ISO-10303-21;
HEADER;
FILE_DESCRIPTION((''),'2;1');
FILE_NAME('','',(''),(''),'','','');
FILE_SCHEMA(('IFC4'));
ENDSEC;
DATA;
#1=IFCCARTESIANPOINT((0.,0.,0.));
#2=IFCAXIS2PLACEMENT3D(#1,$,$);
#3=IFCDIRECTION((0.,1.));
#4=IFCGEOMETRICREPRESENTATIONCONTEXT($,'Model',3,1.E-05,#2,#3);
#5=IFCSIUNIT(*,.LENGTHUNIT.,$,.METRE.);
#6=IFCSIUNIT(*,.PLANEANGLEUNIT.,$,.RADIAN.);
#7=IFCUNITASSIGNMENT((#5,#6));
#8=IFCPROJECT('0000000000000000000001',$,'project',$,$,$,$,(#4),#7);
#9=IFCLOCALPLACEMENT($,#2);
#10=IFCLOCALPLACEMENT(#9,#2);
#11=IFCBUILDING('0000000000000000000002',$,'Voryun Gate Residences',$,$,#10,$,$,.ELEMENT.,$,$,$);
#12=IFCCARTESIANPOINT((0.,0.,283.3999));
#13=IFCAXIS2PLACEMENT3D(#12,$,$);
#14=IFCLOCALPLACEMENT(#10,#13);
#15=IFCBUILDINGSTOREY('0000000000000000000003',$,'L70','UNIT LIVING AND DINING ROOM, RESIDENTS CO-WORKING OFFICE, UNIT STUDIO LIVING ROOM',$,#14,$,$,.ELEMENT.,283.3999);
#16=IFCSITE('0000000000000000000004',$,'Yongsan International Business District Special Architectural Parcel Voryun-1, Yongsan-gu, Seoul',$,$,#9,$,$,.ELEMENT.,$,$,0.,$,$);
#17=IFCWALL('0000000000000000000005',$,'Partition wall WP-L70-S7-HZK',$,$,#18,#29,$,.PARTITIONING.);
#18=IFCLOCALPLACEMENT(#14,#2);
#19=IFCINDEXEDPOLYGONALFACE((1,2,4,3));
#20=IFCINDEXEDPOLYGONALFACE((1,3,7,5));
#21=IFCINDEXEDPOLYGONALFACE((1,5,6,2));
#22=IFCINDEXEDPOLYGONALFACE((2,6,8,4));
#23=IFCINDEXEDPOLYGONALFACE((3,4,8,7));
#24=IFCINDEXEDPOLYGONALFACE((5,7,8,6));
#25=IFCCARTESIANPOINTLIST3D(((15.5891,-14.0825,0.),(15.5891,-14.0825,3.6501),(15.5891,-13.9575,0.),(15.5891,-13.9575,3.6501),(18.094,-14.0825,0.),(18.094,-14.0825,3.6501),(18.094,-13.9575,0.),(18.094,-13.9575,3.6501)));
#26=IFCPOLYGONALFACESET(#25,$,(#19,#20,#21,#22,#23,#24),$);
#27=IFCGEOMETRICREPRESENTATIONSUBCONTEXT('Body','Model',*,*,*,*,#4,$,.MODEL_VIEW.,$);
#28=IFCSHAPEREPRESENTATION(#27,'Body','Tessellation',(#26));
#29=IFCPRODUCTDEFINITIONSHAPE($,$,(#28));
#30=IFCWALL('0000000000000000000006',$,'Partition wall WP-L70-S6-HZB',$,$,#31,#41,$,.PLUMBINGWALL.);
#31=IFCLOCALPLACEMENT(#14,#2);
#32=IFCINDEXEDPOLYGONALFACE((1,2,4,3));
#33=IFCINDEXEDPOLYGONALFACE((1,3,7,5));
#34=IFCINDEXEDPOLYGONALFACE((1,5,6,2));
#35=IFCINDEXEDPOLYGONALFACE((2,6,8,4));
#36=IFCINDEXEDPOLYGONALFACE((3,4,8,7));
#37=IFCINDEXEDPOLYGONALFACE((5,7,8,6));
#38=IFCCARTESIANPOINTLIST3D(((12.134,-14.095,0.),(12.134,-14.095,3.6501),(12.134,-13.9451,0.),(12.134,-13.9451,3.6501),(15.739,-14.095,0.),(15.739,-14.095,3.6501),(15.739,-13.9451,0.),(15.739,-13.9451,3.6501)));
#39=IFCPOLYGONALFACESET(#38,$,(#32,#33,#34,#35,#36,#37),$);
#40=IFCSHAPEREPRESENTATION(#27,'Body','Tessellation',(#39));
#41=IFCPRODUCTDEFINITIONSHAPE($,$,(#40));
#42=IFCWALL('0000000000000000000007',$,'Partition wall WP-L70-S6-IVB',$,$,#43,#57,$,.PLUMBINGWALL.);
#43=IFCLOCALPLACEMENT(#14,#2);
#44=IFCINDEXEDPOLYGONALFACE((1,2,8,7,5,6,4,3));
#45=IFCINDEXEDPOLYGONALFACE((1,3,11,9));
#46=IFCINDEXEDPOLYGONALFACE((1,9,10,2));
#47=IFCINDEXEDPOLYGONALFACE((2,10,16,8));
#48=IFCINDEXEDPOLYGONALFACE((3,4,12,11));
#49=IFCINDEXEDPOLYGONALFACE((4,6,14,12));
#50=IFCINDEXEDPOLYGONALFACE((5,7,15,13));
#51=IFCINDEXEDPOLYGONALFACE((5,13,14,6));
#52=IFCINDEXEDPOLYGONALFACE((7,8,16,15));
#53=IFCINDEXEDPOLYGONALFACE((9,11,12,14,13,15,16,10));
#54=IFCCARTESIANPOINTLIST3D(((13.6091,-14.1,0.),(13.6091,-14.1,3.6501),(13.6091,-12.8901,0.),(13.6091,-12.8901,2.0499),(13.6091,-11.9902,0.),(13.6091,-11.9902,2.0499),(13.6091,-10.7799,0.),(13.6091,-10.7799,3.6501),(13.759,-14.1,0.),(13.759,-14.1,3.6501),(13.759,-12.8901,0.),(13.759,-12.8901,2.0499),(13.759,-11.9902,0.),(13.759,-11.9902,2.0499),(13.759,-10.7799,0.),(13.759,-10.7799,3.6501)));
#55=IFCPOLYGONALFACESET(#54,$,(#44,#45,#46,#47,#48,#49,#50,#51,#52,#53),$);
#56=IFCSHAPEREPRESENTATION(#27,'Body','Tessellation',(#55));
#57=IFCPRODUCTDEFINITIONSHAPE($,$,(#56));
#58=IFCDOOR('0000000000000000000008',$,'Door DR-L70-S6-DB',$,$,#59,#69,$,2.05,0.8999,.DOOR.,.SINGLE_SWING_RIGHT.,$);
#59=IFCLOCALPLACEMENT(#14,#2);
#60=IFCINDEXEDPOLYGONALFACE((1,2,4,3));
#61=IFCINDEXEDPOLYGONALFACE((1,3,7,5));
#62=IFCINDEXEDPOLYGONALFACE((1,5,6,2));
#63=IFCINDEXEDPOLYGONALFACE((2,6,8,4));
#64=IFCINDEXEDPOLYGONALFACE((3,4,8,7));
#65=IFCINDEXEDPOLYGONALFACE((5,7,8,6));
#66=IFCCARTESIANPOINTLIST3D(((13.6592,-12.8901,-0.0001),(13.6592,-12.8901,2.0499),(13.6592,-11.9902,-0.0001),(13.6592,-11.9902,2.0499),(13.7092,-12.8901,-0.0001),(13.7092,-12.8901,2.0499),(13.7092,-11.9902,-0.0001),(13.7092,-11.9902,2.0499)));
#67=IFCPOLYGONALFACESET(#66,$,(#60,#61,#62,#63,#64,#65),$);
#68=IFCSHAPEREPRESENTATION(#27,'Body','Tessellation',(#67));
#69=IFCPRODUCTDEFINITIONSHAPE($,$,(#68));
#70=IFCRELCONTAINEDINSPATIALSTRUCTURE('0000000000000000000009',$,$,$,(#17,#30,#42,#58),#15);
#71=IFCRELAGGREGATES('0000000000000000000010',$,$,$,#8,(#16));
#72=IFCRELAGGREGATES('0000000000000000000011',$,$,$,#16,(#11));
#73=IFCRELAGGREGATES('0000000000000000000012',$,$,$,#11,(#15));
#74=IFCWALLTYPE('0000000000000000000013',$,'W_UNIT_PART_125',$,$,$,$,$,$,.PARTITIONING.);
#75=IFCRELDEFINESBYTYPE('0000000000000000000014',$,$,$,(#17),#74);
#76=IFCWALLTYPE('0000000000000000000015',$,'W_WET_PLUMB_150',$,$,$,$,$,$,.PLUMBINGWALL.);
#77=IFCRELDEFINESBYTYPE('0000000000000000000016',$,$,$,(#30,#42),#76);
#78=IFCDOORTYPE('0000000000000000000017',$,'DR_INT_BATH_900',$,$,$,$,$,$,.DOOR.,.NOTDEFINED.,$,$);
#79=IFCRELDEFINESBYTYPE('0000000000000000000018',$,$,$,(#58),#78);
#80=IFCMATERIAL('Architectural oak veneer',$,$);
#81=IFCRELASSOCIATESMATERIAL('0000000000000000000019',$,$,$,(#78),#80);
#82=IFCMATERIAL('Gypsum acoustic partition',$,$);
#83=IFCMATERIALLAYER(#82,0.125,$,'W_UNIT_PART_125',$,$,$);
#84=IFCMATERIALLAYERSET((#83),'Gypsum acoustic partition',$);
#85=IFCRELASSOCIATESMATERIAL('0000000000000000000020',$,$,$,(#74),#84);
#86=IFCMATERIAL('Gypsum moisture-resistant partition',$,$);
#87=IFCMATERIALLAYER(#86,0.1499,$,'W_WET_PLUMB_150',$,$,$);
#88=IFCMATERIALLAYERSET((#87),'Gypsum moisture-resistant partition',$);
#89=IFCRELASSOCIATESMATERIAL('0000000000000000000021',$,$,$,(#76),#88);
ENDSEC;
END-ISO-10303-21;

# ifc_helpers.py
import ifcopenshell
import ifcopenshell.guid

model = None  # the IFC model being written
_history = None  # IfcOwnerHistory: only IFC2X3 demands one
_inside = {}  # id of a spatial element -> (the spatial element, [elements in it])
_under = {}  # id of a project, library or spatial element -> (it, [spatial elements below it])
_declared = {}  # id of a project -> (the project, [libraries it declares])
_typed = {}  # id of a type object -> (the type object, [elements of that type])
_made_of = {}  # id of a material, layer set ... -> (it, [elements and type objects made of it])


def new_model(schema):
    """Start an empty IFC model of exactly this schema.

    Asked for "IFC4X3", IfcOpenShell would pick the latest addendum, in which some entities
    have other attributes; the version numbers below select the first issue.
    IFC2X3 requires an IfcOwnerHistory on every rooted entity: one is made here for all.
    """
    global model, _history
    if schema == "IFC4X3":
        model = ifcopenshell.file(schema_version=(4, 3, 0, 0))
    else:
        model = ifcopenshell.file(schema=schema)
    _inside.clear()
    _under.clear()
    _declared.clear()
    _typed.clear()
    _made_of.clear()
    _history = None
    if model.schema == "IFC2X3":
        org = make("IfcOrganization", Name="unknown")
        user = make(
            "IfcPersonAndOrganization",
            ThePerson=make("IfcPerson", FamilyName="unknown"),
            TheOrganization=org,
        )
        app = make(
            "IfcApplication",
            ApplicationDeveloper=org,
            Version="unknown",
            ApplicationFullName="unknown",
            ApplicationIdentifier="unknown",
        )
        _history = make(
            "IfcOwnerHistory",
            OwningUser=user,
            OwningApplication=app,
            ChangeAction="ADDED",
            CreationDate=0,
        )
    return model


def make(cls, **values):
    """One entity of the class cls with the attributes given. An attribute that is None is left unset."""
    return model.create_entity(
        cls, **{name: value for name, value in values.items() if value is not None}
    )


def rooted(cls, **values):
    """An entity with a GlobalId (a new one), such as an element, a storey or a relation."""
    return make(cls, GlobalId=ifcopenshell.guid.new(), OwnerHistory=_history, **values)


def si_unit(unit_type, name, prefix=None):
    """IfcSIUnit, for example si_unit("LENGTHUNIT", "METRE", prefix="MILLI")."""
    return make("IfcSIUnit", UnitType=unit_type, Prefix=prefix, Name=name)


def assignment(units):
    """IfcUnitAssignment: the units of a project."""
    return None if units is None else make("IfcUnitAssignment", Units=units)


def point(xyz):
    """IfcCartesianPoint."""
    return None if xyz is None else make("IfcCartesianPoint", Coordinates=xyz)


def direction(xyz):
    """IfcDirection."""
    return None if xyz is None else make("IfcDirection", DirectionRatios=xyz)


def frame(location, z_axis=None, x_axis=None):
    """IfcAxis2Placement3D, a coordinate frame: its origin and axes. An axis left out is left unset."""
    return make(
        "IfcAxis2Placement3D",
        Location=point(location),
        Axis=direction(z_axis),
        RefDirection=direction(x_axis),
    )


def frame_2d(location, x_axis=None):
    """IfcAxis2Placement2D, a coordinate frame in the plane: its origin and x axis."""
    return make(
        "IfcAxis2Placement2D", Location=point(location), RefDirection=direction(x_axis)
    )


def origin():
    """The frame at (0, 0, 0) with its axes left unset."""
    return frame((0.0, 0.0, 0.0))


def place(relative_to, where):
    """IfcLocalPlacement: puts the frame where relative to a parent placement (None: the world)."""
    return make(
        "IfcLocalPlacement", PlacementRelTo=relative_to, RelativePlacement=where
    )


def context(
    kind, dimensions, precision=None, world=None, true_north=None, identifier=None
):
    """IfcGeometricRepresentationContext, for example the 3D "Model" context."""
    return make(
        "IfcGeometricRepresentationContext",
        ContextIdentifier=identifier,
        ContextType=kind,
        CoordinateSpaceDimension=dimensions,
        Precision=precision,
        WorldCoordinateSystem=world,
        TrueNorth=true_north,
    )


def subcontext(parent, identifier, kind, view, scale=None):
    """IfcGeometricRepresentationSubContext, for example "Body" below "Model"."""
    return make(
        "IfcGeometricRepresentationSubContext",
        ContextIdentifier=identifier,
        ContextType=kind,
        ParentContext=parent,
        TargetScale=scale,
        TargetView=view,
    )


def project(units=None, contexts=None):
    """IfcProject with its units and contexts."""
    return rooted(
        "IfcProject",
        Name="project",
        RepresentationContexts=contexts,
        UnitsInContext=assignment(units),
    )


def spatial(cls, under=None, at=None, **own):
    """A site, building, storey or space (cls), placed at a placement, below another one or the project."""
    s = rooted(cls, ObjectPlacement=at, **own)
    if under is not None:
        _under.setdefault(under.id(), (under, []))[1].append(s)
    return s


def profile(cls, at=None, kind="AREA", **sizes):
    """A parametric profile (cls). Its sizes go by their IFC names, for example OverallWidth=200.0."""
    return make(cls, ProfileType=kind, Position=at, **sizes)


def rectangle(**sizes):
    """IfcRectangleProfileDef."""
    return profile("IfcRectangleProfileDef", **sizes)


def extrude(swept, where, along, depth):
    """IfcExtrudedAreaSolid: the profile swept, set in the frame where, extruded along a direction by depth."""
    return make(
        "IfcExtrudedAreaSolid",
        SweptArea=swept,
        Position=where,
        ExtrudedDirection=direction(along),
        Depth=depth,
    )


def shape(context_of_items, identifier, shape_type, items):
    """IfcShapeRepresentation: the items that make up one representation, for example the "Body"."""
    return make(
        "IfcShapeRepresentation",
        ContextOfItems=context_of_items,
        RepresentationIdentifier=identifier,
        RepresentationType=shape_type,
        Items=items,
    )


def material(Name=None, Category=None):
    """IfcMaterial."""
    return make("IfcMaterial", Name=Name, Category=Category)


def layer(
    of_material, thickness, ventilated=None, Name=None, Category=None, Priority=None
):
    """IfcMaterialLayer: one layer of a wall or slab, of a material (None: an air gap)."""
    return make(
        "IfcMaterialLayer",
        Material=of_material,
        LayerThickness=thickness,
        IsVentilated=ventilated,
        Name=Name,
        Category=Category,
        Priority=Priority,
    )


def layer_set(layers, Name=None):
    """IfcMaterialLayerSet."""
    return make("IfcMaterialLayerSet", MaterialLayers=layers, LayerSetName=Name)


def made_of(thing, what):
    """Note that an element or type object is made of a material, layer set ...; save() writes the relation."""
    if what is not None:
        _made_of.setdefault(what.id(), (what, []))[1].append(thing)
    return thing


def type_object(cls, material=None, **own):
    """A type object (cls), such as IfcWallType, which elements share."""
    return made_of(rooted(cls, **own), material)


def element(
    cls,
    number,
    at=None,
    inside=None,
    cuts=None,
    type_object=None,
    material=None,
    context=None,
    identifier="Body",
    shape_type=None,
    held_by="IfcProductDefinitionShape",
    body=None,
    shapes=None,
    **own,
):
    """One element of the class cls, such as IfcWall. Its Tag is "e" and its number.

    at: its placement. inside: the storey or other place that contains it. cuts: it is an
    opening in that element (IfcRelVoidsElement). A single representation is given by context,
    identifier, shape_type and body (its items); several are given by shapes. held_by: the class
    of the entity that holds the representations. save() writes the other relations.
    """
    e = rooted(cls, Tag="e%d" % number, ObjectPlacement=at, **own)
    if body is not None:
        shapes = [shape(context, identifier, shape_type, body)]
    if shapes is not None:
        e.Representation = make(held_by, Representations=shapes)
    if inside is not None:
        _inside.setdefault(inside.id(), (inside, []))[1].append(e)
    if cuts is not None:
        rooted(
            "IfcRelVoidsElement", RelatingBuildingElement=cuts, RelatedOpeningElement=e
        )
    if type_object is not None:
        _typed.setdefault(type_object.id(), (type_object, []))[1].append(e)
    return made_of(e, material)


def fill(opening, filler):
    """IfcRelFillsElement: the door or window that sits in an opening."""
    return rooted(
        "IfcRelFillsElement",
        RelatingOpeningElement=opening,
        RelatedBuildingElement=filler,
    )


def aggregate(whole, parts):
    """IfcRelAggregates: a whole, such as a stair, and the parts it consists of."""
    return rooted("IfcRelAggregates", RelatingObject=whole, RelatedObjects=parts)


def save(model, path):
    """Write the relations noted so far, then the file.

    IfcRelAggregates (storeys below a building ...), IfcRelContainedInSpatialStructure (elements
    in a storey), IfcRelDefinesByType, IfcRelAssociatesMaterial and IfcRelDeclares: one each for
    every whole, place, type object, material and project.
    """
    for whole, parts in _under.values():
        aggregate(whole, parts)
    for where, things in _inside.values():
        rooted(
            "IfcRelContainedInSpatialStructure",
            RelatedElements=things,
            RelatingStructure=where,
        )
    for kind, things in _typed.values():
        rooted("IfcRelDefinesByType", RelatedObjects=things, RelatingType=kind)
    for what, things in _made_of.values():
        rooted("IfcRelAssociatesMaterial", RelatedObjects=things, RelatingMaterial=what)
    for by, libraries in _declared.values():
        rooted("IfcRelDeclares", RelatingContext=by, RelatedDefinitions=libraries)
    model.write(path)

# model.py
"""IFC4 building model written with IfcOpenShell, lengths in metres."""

from ifc_helpers import new_model, si_unit, direction, frame, frame_2d, origin, place, context, subcontext, project, spatial, rectangle, extrude, material, layer, layer_set, type_object, element, fill, save


model = new_model("IFC4")

# Units and contexts
model_context = context("Model", 3, precision=1e-05, world=origin(), true_north=direction((0.0, 1.0)))
body_context = subcontext(model_context, "Body", "Model", "MODEL_VIEW")
ifc_project = project(units=[si_unit("LENGTHUNIT", "METRE"), si_unit("PLANEANGLEUNIT", "RADIAN")], contexts=[model_context])

# Site, building, storey
site_placement = place(None, origin())
site = spatial("IfcSite", under=ifc_project, at=site_placement, Name="Yongsan International Business District Special Architectural Parcel Voryun-1, Yongsan-gu, Seoul", CompositionType="ELEMENT", RefElevation=0.0)
building_placement = place(site_placement, origin())
building = spatial("IfcBuilding", under=site, at=building_placement, Name="Voryun Gate Residences", CompositionType="ELEMENT")
storey_placement = place(building_placement, frame((0.0, 0.0, 283.3999)))
storey = spatial("IfcBuildingStorey", under=building, at=storey_placement, Name="L70", Description="UNIT LIVING AND DINING ROOM, RESIDENTS CO-WORKING OFFICE, UNIT STUDIO LIVING ROOM", CompositionType="ELEMENT", Elevation=283.3999)

# Shared definitions
ifc_material_1 = material(Name="Architectural oak veneer")
door_type_1 = type_object("IfcDoorType", Name="DR_INT_BATH_900", OperationType="NOTDEFINED", PredefinedType="DOOR", material=ifc_material_1)

# Shared definitions
ifc_material_2 = material(Name="Gypsum acoustic partition")
ifc_layer_1 = layer(ifc_material_2, 0.125, Name="W_UNIT_PART_125")
ifc_layer_set_1 = layer_set([ifc_layer_1], Name="Gypsum acoustic partition")
wall_type_1 = type_object("IfcWallType", Name="W_UNIT_PART_125", PredefinedType="PARTITIONING", material=ifc_layer_set_1)

# Walls
wall_1_placement = place(storey_placement, frame((15.5891, -14.02, 0.0), z_axis=(0.0, 0.0, 1.0), x_axis=(1.0, 0.0, 0.0)))
element("IfcWall", 1, at=wall_1_placement, inside=storey, type_object=wall_type_1, Name="Partition wall WP-L70-S7-HZK", PredefinedType="PARTITIONING", context=body_context, shape_type="SweptSolid", body=[
    extrude(rectangle(XDim=2.5049, YDim=0.125, at=frame_2d((1.2524, 0.0))), origin(), (0.0, 0.0, 1.0), 3.6501),
])
ifc_material_3 = material(Name="Gypsum moisture-resistant partition")
ifc_layer_2 = layer(ifc_material_3, 0.1499, Name="W_WET_PLUMB_150")
ifc_layer_set_2 = layer_set([ifc_layer_2], Name="Gypsum moisture-resistant partition")
wall_type_2 = type_object("IfcWallType", Name="W_WET_PLUMB_150", PredefinedType="PLUMBINGWALL", material=ifc_layer_set_2)
wall_2_placement = place(storey_placement, frame((12.134, -14.02, 0.0), z_axis=(0.0, 0.0, 1.0), x_axis=(1.0, 0.0, 0.0)))
element("IfcWall", 2, at=wall_2_placement, inside=storey, type_object=wall_type_2, Name="Partition wall WP-L70-S6-HZB", PredefinedType="PLUMBINGWALL", context=body_context, shape_type="SweptSolid", body=[
    extrude(rectangle(XDim=3.605, YDim=0.1499, at=frame_2d((1.8025, 0.0))), origin(), (0.0, 0.0, 1.0), 3.6501),
])

# Wall, opening, door
wall_3_placement = place(storey_placement, frame((13.6841, -14.1001, 0.0), z_axis=(0.0, 0.0, 1.0), x_axis=(0.0, 1.0, 0.0)))
wall_3 = element("IfcWall", 3, at=wall_3_placement, inside=storey, type_object=wall_type_2, Name="Partition wall WP-L70-S6-IVB", PredefinedType="PLUMBINGWALL", context=body_context, shape_type="SweptSolid", body=[
    extrude(rectangle(XDim=3.3201, YDim=0.1499, at=frame_2d((1.6602, 0.0))), origin(), (0.0, 0.0, 1.0), 3.6501),
])
opening_1_placement = place(wall_3_placement, frame((1.21, 0.0, 0.0)))
opening_1 = element("IfcOpeningElement", 4, at=opening_1_placement, cuts=wall_3, PredefinedType="OPENING", context=body_context, shape_type="SweptSolid", body=[
    extrude(rectangle(XDim=0.8999, YDim=2.05, at=frame_2d((0.45, 1.0249))), frame((0.0, 0.085, 0.0), z_axis=(0.0, -1.0, 0.0), x_axis=(1.0, 0.0, 0.0)), (0.0, 0.0, 1.0), 0.1699),
])
door_1_placement = place(opening_1_placement, origin())
door_1 = element("IfcDoor", 5, at=door_1_placement, inside=storey, type_object=door_type_1, Name="Door DR-L70-S6-DB", OperationType="SINGLE_SWING_RIGHT", OverallHeight=2.05, OverallWidth=0.8999, PredefinedType="DOOR", context=body_context, shape_type="SweptSolid", body=[
    extrude(rectangle(XDim=0.8999, YDim=2.05, at=frame_2d((0.45, 1.0249))), frame((0.0, 0.0249, 0.0), z_axis=(0.0, -1.0, 0.0), x_axis=(1.0, 0.0, 0.0)), (0.0, 0.0, 1.0), 0.05),
])
fill(opening_1, door_1)

save(model, "model.ifc")
